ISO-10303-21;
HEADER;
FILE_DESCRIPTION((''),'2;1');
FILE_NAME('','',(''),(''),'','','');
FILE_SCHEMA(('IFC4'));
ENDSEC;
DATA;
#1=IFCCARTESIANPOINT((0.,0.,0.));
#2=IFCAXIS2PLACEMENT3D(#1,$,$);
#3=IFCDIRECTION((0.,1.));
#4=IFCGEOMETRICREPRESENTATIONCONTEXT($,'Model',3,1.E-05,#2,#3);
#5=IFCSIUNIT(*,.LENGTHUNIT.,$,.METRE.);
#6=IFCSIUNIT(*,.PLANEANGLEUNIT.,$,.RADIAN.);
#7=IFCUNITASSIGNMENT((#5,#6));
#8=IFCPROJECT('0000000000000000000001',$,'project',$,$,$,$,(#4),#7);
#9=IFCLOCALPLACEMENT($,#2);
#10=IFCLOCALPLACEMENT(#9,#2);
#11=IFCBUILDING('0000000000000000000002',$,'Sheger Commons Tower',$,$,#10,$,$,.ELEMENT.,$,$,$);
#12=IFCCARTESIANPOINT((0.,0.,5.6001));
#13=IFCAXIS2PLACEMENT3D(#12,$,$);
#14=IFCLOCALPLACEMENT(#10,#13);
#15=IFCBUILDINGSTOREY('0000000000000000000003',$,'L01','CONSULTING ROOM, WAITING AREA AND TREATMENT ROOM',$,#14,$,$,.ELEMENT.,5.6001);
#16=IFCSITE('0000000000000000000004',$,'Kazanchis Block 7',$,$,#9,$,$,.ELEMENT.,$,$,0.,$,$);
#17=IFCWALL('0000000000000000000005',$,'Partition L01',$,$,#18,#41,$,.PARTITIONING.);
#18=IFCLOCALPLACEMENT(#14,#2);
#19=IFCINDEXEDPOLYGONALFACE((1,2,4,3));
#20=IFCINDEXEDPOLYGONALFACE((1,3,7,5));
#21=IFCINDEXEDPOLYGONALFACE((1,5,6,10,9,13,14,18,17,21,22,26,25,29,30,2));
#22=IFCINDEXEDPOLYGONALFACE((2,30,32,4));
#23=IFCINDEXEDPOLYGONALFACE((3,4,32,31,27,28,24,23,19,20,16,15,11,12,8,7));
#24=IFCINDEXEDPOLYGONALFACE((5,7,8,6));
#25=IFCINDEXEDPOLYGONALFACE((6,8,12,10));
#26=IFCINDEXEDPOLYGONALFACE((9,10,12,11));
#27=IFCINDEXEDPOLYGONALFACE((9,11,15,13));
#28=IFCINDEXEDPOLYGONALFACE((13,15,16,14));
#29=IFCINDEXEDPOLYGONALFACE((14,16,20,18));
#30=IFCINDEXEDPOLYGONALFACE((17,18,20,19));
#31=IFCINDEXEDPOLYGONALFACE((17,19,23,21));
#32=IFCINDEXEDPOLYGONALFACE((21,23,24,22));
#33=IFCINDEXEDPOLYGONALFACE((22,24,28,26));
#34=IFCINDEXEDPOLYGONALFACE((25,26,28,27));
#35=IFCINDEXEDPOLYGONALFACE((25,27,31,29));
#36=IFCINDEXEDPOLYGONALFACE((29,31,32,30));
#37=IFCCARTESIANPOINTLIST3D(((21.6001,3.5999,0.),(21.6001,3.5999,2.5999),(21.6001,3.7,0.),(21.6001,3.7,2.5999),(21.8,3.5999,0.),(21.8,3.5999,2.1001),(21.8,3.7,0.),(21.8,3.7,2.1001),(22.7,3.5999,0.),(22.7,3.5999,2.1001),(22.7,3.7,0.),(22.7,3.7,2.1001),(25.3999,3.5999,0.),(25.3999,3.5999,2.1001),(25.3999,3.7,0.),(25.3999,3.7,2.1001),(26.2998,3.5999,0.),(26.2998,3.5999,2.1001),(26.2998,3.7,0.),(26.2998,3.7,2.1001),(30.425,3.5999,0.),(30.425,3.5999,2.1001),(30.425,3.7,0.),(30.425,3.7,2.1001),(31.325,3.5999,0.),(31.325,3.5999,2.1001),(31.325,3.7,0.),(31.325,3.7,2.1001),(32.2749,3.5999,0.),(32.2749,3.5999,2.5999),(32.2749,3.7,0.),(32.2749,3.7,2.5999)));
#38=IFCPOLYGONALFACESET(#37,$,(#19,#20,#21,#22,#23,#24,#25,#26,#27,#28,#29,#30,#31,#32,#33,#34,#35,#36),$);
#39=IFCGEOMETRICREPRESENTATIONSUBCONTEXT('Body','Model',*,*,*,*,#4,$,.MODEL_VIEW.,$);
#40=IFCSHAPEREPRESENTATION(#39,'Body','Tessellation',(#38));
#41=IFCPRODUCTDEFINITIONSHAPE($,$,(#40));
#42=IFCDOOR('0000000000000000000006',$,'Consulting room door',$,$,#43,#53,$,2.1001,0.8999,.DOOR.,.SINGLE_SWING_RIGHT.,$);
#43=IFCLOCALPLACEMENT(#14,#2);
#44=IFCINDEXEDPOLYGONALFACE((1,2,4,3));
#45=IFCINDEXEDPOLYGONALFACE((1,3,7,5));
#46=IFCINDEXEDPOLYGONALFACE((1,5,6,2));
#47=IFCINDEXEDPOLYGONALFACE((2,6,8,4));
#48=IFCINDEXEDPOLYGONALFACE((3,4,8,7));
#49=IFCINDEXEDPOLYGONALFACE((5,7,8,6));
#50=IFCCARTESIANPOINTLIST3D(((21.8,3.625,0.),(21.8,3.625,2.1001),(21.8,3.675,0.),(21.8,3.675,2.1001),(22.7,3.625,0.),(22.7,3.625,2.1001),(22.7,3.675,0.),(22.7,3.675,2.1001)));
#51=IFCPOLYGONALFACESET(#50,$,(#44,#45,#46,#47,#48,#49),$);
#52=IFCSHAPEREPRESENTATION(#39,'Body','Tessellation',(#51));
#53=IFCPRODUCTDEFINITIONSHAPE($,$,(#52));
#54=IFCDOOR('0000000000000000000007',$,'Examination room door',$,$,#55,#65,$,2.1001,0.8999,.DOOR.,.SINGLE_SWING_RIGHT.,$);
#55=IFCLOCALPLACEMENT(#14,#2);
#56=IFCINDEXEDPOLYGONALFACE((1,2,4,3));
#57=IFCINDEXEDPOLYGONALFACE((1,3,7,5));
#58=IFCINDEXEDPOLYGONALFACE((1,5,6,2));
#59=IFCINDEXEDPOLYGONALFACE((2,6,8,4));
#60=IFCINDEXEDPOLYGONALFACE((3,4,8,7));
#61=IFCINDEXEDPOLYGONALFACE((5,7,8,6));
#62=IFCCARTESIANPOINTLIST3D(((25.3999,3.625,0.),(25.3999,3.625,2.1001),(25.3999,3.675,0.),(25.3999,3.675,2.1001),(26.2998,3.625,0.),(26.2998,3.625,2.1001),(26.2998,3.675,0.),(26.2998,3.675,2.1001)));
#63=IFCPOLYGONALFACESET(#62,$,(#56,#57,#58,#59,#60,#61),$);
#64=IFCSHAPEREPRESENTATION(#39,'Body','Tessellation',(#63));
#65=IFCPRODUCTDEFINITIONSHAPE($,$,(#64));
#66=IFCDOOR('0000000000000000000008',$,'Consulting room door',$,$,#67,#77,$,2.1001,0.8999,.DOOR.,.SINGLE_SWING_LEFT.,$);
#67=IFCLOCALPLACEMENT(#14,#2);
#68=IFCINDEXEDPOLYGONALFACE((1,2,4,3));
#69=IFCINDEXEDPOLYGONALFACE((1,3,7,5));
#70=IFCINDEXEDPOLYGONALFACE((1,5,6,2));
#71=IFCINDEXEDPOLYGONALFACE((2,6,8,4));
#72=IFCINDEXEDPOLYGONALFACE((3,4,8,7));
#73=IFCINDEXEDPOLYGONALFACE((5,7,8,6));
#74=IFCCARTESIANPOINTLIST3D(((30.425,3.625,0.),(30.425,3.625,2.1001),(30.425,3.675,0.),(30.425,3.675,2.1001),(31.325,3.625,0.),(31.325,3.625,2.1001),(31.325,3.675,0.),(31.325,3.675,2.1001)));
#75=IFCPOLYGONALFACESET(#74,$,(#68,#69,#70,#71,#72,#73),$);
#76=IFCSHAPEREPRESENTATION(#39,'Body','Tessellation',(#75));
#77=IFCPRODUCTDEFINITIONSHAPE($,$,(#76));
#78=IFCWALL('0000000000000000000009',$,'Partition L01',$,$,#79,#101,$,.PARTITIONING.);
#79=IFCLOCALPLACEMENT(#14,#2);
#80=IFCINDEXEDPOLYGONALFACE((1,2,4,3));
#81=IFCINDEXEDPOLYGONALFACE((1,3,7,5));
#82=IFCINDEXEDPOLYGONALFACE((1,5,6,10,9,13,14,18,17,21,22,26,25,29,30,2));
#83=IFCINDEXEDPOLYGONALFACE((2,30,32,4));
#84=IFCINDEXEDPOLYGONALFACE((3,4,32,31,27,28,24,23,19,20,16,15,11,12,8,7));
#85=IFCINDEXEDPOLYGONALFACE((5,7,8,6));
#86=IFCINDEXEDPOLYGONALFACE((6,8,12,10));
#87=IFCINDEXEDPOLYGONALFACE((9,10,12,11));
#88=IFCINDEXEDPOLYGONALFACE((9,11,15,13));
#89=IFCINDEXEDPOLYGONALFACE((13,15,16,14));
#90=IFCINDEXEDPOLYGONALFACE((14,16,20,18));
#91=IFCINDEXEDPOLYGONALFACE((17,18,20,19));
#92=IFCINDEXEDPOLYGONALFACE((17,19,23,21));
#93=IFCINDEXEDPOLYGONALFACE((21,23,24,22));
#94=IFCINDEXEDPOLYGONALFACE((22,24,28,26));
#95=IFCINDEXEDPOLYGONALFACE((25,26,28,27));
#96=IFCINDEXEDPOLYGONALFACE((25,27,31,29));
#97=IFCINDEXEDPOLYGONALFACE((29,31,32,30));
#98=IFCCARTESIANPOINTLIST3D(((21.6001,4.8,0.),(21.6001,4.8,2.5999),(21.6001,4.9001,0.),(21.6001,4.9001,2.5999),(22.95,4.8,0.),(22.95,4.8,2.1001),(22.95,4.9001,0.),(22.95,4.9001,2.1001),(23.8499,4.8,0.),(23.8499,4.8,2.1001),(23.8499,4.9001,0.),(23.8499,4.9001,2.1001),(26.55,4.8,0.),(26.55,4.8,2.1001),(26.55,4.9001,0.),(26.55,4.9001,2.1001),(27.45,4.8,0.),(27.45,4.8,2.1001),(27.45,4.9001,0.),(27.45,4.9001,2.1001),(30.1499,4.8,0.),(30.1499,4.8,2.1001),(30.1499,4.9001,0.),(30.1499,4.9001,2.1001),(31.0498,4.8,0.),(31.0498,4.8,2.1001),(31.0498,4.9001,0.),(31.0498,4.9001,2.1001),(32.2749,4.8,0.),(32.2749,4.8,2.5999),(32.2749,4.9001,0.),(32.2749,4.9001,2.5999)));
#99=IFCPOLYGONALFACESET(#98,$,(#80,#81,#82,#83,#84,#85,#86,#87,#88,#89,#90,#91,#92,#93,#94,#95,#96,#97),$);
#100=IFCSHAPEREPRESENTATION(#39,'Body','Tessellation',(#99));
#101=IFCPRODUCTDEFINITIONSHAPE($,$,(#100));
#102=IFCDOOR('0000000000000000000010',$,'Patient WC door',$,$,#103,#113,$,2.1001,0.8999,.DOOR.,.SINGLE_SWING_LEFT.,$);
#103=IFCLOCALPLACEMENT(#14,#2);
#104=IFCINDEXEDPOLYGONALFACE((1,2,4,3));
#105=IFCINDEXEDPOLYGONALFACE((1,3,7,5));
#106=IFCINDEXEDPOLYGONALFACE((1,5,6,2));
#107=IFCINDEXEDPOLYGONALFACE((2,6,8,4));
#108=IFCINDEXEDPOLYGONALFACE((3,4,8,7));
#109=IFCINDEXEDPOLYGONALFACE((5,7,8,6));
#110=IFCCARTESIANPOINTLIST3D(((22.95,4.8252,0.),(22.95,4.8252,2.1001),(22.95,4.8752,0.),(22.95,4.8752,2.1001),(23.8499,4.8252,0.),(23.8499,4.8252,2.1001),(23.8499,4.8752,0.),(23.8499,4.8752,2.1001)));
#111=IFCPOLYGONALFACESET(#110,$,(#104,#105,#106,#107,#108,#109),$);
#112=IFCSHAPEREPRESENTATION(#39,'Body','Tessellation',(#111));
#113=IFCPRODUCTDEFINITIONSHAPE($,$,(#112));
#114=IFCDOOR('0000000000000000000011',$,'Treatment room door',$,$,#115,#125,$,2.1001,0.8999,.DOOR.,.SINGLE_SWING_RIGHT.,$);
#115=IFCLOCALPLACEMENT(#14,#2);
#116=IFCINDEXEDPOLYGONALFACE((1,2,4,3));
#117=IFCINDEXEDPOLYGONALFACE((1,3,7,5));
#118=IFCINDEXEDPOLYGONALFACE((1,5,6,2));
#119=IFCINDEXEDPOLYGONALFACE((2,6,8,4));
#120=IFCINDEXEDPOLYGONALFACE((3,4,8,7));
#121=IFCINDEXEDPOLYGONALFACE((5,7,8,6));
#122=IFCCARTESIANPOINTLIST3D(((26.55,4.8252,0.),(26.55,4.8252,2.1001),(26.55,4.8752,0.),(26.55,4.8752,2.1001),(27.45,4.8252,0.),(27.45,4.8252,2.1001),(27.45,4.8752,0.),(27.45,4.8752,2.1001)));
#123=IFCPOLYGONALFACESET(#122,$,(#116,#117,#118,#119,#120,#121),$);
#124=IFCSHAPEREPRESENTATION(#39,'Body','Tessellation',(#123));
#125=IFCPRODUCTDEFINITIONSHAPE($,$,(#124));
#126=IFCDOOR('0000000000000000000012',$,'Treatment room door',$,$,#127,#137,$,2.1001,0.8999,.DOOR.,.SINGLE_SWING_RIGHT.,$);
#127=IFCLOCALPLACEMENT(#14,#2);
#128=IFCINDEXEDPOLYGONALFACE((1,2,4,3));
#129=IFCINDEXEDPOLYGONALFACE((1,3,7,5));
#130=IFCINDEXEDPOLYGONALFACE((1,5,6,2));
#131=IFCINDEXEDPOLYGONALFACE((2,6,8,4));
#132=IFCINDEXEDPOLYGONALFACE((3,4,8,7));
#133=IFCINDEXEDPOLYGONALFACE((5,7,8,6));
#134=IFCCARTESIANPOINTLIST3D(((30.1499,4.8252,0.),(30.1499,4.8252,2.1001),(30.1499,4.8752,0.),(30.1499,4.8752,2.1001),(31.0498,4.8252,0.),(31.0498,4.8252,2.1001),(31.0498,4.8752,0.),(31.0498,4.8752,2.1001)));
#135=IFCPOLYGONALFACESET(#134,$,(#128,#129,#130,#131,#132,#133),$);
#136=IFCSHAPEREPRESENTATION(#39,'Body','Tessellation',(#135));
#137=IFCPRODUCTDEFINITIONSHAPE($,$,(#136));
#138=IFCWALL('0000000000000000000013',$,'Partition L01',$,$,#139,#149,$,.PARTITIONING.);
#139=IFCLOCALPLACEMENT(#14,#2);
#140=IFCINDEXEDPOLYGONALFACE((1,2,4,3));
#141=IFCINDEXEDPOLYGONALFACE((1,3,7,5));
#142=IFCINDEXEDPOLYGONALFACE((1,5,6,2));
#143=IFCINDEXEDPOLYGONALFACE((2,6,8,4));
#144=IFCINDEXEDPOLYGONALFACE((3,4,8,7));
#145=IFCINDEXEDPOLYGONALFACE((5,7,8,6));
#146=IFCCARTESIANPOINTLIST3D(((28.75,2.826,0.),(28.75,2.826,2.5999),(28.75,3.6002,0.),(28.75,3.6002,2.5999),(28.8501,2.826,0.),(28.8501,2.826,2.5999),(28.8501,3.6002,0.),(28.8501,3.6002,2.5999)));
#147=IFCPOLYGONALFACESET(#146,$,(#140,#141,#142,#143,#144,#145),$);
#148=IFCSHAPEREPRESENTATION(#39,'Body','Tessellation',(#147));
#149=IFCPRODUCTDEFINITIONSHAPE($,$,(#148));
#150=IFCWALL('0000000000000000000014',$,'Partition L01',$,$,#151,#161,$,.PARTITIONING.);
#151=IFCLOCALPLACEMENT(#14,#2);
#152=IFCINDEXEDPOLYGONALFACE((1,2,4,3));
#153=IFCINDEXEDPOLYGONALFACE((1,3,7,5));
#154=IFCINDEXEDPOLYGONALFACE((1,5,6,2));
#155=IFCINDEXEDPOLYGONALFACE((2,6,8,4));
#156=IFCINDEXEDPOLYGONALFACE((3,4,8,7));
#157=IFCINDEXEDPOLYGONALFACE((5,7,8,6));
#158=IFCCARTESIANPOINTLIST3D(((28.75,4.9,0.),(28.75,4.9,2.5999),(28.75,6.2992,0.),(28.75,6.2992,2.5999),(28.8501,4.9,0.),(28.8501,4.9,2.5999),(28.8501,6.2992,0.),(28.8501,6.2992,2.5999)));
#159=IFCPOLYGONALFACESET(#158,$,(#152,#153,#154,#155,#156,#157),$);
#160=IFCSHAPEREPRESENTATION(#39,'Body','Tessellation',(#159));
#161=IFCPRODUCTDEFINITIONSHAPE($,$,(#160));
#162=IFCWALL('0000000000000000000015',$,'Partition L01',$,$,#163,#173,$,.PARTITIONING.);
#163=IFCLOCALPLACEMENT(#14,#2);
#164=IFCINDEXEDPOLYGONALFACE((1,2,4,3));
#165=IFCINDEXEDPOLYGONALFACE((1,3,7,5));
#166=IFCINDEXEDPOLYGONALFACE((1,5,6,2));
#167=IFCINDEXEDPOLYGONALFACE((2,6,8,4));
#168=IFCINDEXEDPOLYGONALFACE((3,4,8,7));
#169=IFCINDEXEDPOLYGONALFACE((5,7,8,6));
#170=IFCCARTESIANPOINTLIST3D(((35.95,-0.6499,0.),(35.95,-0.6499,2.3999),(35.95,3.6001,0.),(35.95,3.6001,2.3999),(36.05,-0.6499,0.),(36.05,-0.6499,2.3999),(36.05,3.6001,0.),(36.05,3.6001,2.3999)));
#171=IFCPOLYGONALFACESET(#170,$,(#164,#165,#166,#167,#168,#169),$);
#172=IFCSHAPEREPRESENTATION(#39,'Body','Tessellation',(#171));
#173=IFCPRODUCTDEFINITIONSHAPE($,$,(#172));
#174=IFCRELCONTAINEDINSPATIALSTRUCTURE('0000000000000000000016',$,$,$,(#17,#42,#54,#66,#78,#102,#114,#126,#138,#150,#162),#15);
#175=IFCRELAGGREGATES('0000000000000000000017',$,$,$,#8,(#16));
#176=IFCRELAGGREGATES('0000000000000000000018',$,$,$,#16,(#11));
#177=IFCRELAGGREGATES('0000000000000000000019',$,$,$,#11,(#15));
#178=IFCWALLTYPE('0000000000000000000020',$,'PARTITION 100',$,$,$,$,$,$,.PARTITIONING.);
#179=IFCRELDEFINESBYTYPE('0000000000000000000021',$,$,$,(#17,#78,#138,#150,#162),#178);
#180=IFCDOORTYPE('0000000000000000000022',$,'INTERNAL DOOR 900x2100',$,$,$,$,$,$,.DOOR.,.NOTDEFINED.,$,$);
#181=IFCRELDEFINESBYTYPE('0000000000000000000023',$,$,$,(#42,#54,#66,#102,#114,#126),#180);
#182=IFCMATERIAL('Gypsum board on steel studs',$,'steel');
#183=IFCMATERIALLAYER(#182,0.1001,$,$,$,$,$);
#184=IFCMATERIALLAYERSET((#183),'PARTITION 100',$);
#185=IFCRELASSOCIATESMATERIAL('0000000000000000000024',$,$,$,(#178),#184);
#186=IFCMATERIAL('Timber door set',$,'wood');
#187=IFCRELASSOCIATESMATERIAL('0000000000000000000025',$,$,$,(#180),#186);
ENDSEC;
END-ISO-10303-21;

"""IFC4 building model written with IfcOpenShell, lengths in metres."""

from ifc_helpers import new_model, si_unit, direction, frame, frame_2d, origin, place, context, subcontext, project, spatial, rectangle, extrude, material, layer, layer_set, type_object, element, fill, save


model = new_model("IFC4")

# Units and contexts
model_context = context("Model", 3, precision=1e-05, world=origin(), true_north=direction((0.0, 1.0)))
body_context = subcontext(model_context, "Body", "Model", "MODEL_VIEW")
ifc_project = project(units=[si_unit("LENGTHUNIT", "METRE"), si_unit("PLANEANGLEUNIT", "RADIAN")], contexts=[model_context])

# Site, building, storey
site_placement = place(None, origin())
site = spatial("IfcSite", under=ifc_project, at=site_placement, Name="Kazanchis Block 7", CompositionType="ELEMENT", RefElevation=0.0)
building_placement = place(site_placement, origin())
building = spatial("IfcBuilding", under=site, at=building_placement, Name="Sheger Commons Tower", CompositionType="ELEMENT")
storey_placement = place(building_placement, frame((0.0, 0.0, 5.6001)))
storey = spatial("IfcBuildingStorey", under=building, at=storey_placement, Name="L01", Description="CONSULTING ROOM, WAITING AREA AND TREATMENT ROOM", CompositionType="ELEMENT", Elevation=5.6001)

# Walls, openings, doors
ifc_material_1 = material(Name="Gypsum board on steel studs", Category="steel")
ifc_layer_1 = layer(ifc_material_1, 0.1001)
ifc_layer_set_1 = layer_set([ifc_layer_1], Name="PARTITION 100")
wall_type_1 = type_object("IfcWallType", Name="PARTITION 100", PredefinedType="PARTITIONING", material=ifc_layer_set_1)
wall_1_placement = place(storey_placement, frame((32.2749, 3.6499, 0.0), z_axis=(0.0, 0.0, 1.0), x_axis=(-1.0, 0.0, 0.0)))
wall_1 = element("IfcWall", 1, at=wall_1_placement, inside=storey, type_object=wall_type_1, Name="Partition L01", PredefinedType="PARTITIONING", context=body_context, shape_type="SweptSolid", body=[
    extrude(rectangle(XDim=10.6748, YDim=0.1001, at=frame_2d((5.3374, 0.0))), origin(), (0.0, 0.0, 1.0), 2.5999),
])
opening_1_placement = place(wall_1_placement, frame((9.575, 0.0, 0.0)))
opening_1 = element("IfcOpeningElement", 2, at=opening_1_placement, cuts=wall_1, PredefinedType="OPENING", context=body_context, shape_type="SweptSolid", body=[
    extrude(rectangle(XDim=0.8999, YDim=2.1001, at=frame_2d((0.45, 1.05))), frame((0.0, 0.0601, 0.0), z_axis=(0.0, -1.0, 0.0), x_axis=(1.0, 0.0, 0.0)), (0.0, 0.0, 1.0), 0.1201),
])
opening_2_placement = place(wall_1_placement, frame((5.9751, 0.0, 0.0)))
opening_2 = element("IfcOpeningElement", 3, at=opening_2_placement, cuts=wall_1, PredefinedType="OPENING", context=body_context, shape_type="SweptSolid", body=[
    extrude(rectangle(XDim=0.8999, YDim=2.1001, at=frame_2d((0.45, 1.05))), frame((0.0, 0.0601, 0.0), z_axis=(0.0, -1.0, 0.0), x_axis=(1.0, 0.0, 0.0)), (0.0, 0.0, 1.0), 0.1201),
])
opening_3_placement = place(wall_1_placement, frame((0.95, 0.0, 0.0)))
opening_3 = element("IfcOpeningElement", 4, at=opening_3_placement, cuts=wall_1, PredefinedType="OPENING", context=body_context, shape_type="SweptSolid", body=[
    extrude(rectangle(XDim=0.8999, YDim=2.1001, at=frame_2d((0.45, 1.05))), frame((0.0, 0.0601, 0.0), z_axis=(0.0, -1.0, 0.0), x_axis=(1.0, 0.0, 0.0)), (0.0, 0.0, 1.0), 0.1201),
])
ifc_material_2 = material(Name="Timber door set", Category="wood")
door_type = type_object("IfcDoorType", Name="INTERNAL DOOR 900x2100", OperationType="NOTDEFINED", PredefinedType="DOOR", material=ifc_material_2)
door_1_placement = place(opening_1_placement, origin())
door_1 = element("IfcDoor", 5, at=door_1_placement, inside=storey, type_object=door_type, Name="Consulting room door", OperationType="SINGLE_SWING_RIGHT", OverallHeight=2.1001, OverallWidth=0.8999, PredefinedType="DOOR", context=body_context, shape_type="SweptSolid", body=[
    extrude(rectangle(XDim=0.8999, YDim=2.1001, at=frame_2d((0.45, 1.05))), frame((0.0, 0.0249, 0.0), z_axis=(0.0, -1.0, 0.0), x_axis=(1.0, 0.0, 0.0)), (0.0, 0.0, 1.0), 0.05),
])
fill(opening_1, door_1)
door_2_placement = place(opening_2_placement, origin())
door_2 = element("IfcDoor", 6, at=door_2_placement, inside=storey, type_object=door_type, Name="Examination room door", OperationType="SINGLE_SWING_RIGHT", OverallHeight=2.1001, OverallWidth=0.8999, PredefinedType="DOOR", context=body_context, shape_type="SweptSolid", body=[
    extrude(rectangle(XDim=0.8999, YDim=2.1001, at=frame_2d((0.45, 1.05))), frame((0.0, 0.0249, 0.0), z_axis=(0.0, -1.0, 0.0), x_axis=(1.0, 0.0, 0.0)), (0.0, 0.0, 1.0), 0.05),
])
fill(opening_2, door_2)
door_3_placement = place(opening_3_placement, origin())
door_3 = element("IfcDoor", 7, at=door_3_placement, inside=storey, type_object=door_type, Name="Consulting room door", OperationType="SINGLE_SWING_LEFT", OverallHeight=2.1001, OverallWidth=0.8999, PredefinedType="DOOR", context=body_context, shape_type="SweptSolid", body=[
    extrude(rectangle(XDim=0.8999, YDim=2.1001, at=frame_2d((0.45, 1.05))), frame((0.0, 0.0249, 0.0), z_axis=(0.0, -1.0, 0.0), x_axis=(1.0, 0.0, 0.0)), (0.0, 0.0, 1.0), 0.05),
])
fill(opening_3, door_3)
wall_2_placement = place(storey_placement, frame((32.2749, 4.8501, 0.0), z_axis=(0.0, 0.0, 1.0), x_axis=(-1.0, 0.0, 0.0)))
wall_2 = element("IfcWall", 8, at=wall_2_placement, inside=storey, type_object=wall_type_1, Name="Partition L01", PredefinedType="PARTITIONING", context=body_context, shape_type="SweptSolid", body=[
    extrude(rectangle(XDim=10.6748, YDim=0.1001, at=frame_2d((5.3374, 0.0))), origin(), (0.0, 0.0, 1.0), 2.5999),
])
opening_4_placement = place(wall_2_placement, frame((8.425, 0.0, 0.0)))
opening_4 = element("IfcOpeningElement", 9, at=opening_4_placement, cuts=wall_2, PredefinedType="OPENING", context=body_context, shape_type="SweptSolid", body=[
    extrude(rectangle(XDim=0.8999, YDim=2.1001, at=frame_2d((0.45, 1.05))), frame((0.0, 0.0601, 0.0), z_axis=(0.0, -1.0, 0.0), x_axis=(1.0, 0.0, 0.0)), (0.0, 0.0, 1.0), 0.1201),
])
opening_5_placement = place(wall_2_placement, frame((4.825, 0.0, 0.0)))
opening_5 = element("IfcOpeningElement", 10, at=opening_5_placement, cuts=wall_2, PredefinedType="OPENING", context=body_context, shape_type="SweptSolid", body=[
    extrude(rectangle(XDim=0.8999, YDim=2.1001, at=frame_2d((0.45, 1.05))), frame((0.0, 0.0601, 0.0), z_axis=(0.0, -1.0, 0.0), x_axis=(1.0, 0.0, 0.0)), (0.0, 0.0, 1.0), 0.1201),
])
opening_6_placement = place(wall_2_placement, frame((1.2251, 0.0, 0.0)))
opening_6 = element("IfcOpeningElement", 11, at=opening_6_placement, cuts=wall_2, PredefinedType="OPENING", context=body_context, shape_type="SweptSolid", body=[
    extrude(rectangle(XDim=0.8999, YDim=2.1001, at=frame_2d((0.45, 1.05))), frame((0.0, 0.0601, 0.0), z_axis=(0.0, -1.0, 0.0), x_axis=(1.0, 0.0, 0.0)), (0.0, 0.0, 1.0), 0.1201),
])
door_4_placement = place(opening_4_placement, origin())
door_4 = element("IfcDoor", 12, at=door_4_placement, inside=storey, type_object=door_type, Name="Patient WC door", OperationType="SINGLE_SWING_LEFT", OverallHeight=2.1001, OverallWidth=0.8999, PredefinedType="DOOR", context=body_context, shape_type="SweptSolid", body=[
    extrude(rectangle(XDim=0.8999, YDim=2.1001, at=frame_2d((0.45, 1.05))), frame((0.0, 0.0249, 0.0), z_axis=(0.0, -1.0, 0.0), x_axis=(1.0, 0.0, 0.0)), (0.0, 0.0, 1.0), 0.05),
])
fill(opening_4, door_4)
door_5_placement = place(opening_5_placement, origin())
door_5 = element("IfcDoor", 13, at=door_5_placement, inside=storey, type_object=door_type, Name="Treatment room door", OperationType="SINGLE_SWING_RIGHT", OverallHeight=2.1001, OverallWidth=0.8999, PredefinedType="DOOR", context=body_context, shape_type="SweptSolid", body=[
    extrude(rectangle(XDim=0.8999, YDim=2.1001, at=frame_2d((0.45, 1.05))), frame((0.0, 0.0249, 0.0), z_axis=(0.0, -1.0, 0.0), x_axis=(1.0, 0.0, 0.0)), (0.0, 0.0, 1.0), 0.05),
])
fill(opening_5, door_5)
door_6_placement = place(opening_6_placement, origin())
door_6 = element("IfcDoor", 14, at=door_6_placement, inside=storey, type_object=door_type, Name="Treatment room door", OperationType="SINGLE_SWING_RIGHT", OverallHeight=2.1001, OverallWidth=0.8999, PredefinedType="DOOR", context=body_context, shape_type="SweptSolid", body=[
    extrude(rectangle(XDim=0.8999, YDim=2.1001, at=frame_2d((0.45, 1.05))), frame((0.0, 0.0249, 0.0), z_axis=(0.0, -1.0, 0.0), x_axis=(1.0, 0.0, 0.0)), (0.0, 0.0, 1.0), 0.05),
])
fill(opening_6, door_6)

# Walls
wall_3_placement = place(storey_placement, frame((28.8, 2.8259, 0.0), z_axis=(0.0, 0.0, 1.0), x_axis=(0.0, 1.0, 0.0)))
element("IfcWall", 15, at=wall_3_placement, inside=storey, type_object=wall_type_1, Name="Partition L01", PredefinedType="PARTITIONING", context=body_context, shape_type="SweptSolid", body=[
    extrude(rectangle(XDim=0.7742, YDim=0.1001, at=frame_2d((0.3872, 0.0))), origin(), (0.0, 0.0, 1.0), 2.5999),
])
wall_4_placement = place(storey_placement, frame((28.8, 4.8999, 0.0), z_axis=(0.0, 0.0, 1.0), x_axis=(0.0, 1.0, 0.0)))
element("IfcWall", 16, at=wall_4_placement, inside=storey, type_object=wall_type_1, Name="Partition L01", PredefinedType="PARTITIONING", context=body_context, shape_type="SweptSolid", body=[
    extrude(rectangle(XDim=1.3992, YDim=0.1001, at=frame_2d((0.6997, 0.0))), origin(), (0.0, 0.0, 1.0), 2.5999),
])
wall_5_placement = place(storey_placement, frame((36.0, -0.6499, 0.0), z_axis=(0.0, 0.0, 1.0), x_axis=(0.0, 1.0, 0.0)))
element("IfcWall", 17, at=wall_5_placement, inside=storey, type_object=wall_type_1, Name="Partition L01", PredefinedType="PARTITIONING", context=body_context, shape_type="SweptSolid", body=[
    extrude(rectangle(XDim=4.25, YDim=0.1001, at=frame_2d((2.125, 0.0))), origin(), (0.0, 0.0, 1.0), 2.3999),
])

save(model, "model.ifc")
